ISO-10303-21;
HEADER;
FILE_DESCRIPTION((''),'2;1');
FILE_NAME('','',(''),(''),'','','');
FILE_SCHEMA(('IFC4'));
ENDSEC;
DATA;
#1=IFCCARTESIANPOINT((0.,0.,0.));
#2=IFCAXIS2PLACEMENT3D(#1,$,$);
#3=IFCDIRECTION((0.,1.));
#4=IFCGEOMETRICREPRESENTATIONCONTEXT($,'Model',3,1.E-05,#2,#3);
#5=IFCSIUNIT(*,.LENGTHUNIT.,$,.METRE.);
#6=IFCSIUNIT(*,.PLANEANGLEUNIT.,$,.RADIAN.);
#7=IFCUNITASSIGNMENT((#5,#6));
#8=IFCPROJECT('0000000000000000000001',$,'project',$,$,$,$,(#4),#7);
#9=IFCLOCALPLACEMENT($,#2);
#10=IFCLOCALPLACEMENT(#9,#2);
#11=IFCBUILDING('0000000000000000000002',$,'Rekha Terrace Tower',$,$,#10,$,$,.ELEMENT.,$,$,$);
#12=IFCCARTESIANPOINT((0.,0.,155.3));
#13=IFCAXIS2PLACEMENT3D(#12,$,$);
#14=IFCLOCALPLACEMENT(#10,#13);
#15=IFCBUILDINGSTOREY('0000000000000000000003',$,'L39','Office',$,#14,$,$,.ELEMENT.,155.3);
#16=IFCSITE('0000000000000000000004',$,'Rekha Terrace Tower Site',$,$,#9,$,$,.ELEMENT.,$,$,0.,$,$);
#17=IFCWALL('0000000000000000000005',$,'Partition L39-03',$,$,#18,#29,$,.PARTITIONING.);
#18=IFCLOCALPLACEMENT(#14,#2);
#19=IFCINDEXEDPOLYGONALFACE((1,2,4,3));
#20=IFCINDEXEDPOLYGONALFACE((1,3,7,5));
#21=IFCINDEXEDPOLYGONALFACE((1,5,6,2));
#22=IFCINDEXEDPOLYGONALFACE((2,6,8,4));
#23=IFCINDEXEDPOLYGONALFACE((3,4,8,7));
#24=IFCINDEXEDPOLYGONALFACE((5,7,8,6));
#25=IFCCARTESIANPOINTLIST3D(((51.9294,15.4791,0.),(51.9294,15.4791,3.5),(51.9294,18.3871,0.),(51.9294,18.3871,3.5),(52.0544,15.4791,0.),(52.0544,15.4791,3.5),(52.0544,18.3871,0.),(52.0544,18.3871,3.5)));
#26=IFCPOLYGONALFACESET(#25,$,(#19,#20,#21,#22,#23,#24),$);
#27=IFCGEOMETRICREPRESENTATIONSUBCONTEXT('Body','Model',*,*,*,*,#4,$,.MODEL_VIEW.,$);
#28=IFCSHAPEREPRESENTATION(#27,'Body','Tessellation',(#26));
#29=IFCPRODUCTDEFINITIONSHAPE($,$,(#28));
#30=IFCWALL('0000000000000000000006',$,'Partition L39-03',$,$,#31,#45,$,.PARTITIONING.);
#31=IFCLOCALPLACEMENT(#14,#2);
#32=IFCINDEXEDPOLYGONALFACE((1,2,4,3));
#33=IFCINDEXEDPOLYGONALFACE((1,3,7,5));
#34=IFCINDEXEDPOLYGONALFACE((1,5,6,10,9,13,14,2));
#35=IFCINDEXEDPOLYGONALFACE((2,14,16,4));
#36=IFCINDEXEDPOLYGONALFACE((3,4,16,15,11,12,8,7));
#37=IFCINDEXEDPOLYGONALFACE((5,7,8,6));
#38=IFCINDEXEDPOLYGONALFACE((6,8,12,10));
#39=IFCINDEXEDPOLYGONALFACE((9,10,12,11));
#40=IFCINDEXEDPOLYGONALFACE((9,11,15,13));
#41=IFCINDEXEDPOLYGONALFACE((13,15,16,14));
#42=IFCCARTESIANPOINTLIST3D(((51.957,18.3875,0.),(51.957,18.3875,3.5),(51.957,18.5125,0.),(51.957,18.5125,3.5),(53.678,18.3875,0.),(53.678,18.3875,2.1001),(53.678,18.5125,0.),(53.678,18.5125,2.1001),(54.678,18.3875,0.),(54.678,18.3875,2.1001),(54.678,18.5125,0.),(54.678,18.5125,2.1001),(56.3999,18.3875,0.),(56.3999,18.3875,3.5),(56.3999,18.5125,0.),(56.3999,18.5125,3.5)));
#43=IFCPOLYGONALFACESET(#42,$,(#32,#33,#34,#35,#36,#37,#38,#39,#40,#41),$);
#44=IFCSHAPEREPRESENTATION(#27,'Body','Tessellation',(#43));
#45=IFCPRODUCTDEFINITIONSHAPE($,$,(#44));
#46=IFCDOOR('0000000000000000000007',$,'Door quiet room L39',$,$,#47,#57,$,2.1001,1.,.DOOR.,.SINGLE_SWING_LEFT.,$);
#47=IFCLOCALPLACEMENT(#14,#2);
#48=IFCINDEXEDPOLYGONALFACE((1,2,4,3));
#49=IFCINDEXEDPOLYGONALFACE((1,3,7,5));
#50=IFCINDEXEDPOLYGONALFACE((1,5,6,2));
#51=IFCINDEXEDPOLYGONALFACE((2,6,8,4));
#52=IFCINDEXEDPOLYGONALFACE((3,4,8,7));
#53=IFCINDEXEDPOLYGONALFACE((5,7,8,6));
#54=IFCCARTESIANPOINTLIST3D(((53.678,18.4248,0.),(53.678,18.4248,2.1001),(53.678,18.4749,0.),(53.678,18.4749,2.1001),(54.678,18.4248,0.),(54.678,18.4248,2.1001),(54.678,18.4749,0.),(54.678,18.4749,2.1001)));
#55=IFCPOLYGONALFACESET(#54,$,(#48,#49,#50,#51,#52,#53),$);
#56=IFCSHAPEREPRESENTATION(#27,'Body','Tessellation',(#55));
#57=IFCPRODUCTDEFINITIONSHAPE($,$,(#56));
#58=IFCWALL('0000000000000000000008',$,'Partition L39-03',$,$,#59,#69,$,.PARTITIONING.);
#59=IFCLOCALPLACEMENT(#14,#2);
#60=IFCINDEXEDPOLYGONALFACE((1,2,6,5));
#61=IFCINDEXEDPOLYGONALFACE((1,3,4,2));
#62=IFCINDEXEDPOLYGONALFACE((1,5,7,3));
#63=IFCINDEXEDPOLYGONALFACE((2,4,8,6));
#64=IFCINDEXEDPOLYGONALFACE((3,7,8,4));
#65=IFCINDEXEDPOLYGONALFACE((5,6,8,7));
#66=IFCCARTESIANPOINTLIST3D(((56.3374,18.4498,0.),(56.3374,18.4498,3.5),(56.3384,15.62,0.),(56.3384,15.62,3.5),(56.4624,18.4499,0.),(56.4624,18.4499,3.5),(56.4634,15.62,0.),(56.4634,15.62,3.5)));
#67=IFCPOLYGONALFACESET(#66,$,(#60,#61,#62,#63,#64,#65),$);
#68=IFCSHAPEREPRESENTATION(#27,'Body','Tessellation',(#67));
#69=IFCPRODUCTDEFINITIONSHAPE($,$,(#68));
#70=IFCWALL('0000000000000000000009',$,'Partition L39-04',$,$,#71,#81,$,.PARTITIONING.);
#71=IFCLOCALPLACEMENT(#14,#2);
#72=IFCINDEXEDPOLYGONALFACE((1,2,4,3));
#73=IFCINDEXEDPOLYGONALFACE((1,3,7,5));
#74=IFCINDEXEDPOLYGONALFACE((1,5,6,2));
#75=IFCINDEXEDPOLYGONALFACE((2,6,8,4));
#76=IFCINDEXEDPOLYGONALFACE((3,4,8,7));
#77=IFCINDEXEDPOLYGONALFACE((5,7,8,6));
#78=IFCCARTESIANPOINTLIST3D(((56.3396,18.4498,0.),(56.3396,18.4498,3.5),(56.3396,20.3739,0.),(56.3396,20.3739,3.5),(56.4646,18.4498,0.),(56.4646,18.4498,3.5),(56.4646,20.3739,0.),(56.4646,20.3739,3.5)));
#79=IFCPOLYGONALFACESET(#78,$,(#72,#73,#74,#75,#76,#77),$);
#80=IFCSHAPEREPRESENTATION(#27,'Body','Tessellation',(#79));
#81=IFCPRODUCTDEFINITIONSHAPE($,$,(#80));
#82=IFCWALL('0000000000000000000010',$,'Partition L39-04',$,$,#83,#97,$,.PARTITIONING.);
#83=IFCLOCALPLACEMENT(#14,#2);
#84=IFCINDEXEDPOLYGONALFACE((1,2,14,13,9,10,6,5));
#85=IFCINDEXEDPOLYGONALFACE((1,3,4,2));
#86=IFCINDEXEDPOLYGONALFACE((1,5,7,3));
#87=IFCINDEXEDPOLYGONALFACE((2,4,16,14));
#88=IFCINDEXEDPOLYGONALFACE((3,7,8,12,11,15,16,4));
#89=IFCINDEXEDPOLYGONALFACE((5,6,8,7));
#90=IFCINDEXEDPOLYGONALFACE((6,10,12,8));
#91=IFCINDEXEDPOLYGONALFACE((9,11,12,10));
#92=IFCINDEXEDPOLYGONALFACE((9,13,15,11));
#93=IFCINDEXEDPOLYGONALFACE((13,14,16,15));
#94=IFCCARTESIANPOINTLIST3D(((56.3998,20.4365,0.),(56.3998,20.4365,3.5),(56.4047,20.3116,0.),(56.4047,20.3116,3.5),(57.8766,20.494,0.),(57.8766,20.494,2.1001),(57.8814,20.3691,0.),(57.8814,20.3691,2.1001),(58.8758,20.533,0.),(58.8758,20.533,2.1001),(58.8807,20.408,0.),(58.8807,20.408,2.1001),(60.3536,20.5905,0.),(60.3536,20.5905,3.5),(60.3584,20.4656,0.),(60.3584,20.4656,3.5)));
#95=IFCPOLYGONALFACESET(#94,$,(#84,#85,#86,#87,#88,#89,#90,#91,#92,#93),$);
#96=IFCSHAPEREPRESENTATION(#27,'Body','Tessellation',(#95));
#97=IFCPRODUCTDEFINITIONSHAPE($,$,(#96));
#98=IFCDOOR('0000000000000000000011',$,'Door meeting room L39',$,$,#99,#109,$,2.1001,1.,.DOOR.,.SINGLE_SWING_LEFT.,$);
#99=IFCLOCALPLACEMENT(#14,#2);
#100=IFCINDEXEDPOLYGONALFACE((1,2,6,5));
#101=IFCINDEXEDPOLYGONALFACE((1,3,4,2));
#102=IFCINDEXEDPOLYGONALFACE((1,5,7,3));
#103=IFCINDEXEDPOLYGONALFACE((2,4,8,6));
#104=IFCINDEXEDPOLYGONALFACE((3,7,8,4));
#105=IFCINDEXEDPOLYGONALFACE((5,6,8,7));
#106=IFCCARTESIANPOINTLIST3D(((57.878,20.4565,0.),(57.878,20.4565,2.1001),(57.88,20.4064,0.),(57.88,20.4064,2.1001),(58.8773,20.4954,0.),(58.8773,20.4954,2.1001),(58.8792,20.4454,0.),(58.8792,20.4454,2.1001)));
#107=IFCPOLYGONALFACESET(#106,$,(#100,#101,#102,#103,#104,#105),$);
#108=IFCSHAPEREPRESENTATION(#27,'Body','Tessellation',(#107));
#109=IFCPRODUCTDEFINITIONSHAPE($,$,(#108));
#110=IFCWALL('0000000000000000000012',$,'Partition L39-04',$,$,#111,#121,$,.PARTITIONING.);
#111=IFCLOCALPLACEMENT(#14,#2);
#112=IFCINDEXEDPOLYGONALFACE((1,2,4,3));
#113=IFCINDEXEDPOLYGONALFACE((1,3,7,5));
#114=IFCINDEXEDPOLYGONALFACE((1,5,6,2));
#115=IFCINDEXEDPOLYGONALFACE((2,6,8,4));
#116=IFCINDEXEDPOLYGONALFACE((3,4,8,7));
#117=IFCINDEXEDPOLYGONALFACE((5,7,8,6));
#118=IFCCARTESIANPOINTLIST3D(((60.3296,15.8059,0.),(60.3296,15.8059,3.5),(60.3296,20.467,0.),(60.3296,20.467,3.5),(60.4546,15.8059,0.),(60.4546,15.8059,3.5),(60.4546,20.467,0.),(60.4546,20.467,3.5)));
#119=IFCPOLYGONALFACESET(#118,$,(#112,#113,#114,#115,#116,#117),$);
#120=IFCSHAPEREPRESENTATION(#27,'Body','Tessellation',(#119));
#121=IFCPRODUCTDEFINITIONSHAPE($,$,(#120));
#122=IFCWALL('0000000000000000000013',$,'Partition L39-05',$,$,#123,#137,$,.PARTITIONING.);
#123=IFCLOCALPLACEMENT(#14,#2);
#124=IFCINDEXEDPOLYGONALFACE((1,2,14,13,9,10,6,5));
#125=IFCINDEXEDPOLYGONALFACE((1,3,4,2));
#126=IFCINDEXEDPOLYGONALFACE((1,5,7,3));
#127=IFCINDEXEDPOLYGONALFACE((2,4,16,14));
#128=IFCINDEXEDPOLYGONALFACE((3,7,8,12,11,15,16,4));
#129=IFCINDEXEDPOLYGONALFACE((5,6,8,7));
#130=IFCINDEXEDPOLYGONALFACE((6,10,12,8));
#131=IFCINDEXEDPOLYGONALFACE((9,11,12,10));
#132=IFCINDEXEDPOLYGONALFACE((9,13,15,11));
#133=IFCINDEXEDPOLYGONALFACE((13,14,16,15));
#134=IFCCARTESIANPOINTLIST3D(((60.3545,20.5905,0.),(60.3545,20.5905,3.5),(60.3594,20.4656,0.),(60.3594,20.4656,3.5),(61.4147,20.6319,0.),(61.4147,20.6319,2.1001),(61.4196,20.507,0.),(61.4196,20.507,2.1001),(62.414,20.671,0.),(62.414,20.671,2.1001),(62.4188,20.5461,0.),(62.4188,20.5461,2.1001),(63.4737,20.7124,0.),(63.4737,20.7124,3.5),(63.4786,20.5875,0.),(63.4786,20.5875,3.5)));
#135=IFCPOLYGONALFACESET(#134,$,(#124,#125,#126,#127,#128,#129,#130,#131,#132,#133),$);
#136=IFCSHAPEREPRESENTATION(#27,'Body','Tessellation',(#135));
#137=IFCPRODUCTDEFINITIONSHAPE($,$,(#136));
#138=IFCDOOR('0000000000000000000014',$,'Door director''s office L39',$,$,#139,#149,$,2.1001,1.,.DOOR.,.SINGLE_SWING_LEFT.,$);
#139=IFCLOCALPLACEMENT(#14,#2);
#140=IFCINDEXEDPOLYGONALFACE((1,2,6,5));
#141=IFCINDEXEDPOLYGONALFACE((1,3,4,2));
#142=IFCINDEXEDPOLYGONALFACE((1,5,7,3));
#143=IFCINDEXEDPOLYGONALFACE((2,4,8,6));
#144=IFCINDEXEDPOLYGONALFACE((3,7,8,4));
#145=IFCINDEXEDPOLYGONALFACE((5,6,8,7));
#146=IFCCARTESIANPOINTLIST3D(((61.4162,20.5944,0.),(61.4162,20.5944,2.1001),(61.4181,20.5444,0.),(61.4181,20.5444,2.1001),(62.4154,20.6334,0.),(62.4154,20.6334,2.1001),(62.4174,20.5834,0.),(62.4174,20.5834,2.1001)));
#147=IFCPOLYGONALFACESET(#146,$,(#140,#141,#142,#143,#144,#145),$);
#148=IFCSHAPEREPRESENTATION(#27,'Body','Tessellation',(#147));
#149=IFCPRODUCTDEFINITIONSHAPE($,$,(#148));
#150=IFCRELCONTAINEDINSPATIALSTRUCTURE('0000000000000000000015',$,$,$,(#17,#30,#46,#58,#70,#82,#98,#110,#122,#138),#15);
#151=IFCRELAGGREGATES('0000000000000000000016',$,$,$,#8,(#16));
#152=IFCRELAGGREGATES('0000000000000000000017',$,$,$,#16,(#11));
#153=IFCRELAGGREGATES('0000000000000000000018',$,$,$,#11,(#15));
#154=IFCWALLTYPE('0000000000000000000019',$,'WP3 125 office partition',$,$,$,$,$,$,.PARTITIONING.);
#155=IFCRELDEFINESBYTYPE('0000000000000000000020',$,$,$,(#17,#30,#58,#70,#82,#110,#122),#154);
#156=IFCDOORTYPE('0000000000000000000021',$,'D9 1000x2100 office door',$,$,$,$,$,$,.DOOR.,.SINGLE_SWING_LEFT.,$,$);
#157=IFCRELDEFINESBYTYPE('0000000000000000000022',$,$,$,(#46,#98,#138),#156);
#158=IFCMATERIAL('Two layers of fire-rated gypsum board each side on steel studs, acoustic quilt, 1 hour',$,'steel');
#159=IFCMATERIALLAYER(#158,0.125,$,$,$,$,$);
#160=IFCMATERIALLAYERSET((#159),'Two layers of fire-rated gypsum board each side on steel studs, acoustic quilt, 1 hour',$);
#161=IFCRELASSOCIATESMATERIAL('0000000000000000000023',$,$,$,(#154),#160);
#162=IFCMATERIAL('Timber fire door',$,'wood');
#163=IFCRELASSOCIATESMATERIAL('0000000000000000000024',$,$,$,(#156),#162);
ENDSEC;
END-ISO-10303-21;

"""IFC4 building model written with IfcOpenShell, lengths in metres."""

from ifc_helpers import new_model, si_unit, direction, frame, frame_2d, origin, place, context, subcontext, project, spatial, rectangle, extrude, material, layer, layer_set, type_object, element, fill, save


model = new_model("IFC4")

# Units and contexts
model_context = context("Model", 3, precision=1e-05, world=origin(), true_north=direction((0.0, 1.0)))
body_context = subcontext(model_context, "Body", "Model", "MODEL_VIEW")
ifc_project = project(units=[si_unit("LENGTHUNIT", "METRE"), si_unit("PLANEANGLEUNIT", "RADIAN")], contexts=[model_context])

# Site, building, storey
site_placement = place(None, origin())
site = spatial("IfcSite", under=ifc_project, at=site_placement, Name="Rekha Terrace Tower Site", CompositionType="ELEMENT", RefElevation=0.0)
building_placement = place(site_placement, origin())
building = spatial("IfcBuilding", under=site, at=building_placement, Name="Rekha Terrace Tower", CompositionType="ELEMENT")
storey_placement = place(building_placement, frame((0.0, 0.0, 155.3)))
storey = spatial("IfcBuildingStorey", under=building, at=storey_placement, Name="L39", Description="Office", CompositionType="ELEMENT", Elevation=155.3)

# Wall
ifc_material_1 = material(Name="Two layers of fire-rated gypsum board each side on steel studs, acoustic quilt, 1 hour", Category="steel")
ifc_layer_1 = layer(ifc_material_1, 0.125)
ifc_layer_set_1 = layer_set([ifc_layer_1], Name="Two layers of fire-rated gypsum board each side on steel studs, acoustic quilt, 1 hour")
wall_type_1 = type_object("IfcWallType", Name="WP3 125 office partition", PredefinedType="PARTITIONING", material=ifc_layer_set_1)
wall_1_placement = place(storey_placement, frame((51.9919, 15.479, 0.0), z_axis=(0.0, 0.0, 1.0), x_axis=(0.0, 1.0, 0.0)))
element("IfcWall", 1, at=wall_1_placement, inside=storey, type_object=wall_type_1, Name="Partition L39-03", PredefinedType="PARTITIONING", context=body_context, shape_type="SweptSolid", body=[
    extrude(rectangle(XDim=2.908, YDim=0.125, at=frame_2d((1.4541, 0.0))), origin(), (0.0, 0.0, 1.0), 3.5),
])

# Wall, opening, door
wall_2_placement = place(storey_placement, frame((51.957, 18.45, 0.0), z_axis=(0.0, 0.0, 1.0), x_axis=(1.0, 0.0, 0.0)))
wall_2 = element("IfcWall", 2, at=wall_2_placement, inside=storey, type_object=wall_type_1, Name="Partition L39-03", PredefinedType="PARTITIONING", context=body_context, shape_type="SweptSolid", body=[
    extrude(rectangle(XDim=4.4429, YDim=0.125, at=frame_2d((2.2214, 0.0))), origin(), (0.0, 0.0, 1.0), 3.5),
])
opening_1_placement = place(wall_2_placement, frame((1.7209, 0.0, 0.0)))
opening_1 = element("IfcOpeningElement", 3, at=opening_1_placement, cuts=wall_2, PredefinedType="OPENING", context=body_context, shape_type="SweptSolid", body=[
    extrude(rectangle(XDim=1.0, YDim=2.1001, at=frame_2d((0.5, 1.05))), frame((0.0, 0.0725, 0.0), z_axis=(0.0, -1.0, 0.0), x_axis=(1.0, 0.0, 0.0)), (0.0, 0.0, 1.0), 0.145),
])
ifc_material_2 = material(Name="Timber fire door", Category="wood")
door_type_1 = type_object("IfcDoorType", Name="D9 1000x2100 office door", OperationType="SINGLE_SWING_LEFT", PredefinedType="DOOR", material=ifc_material_2)
door_1_placement = place(opening_1_placement, origin())
door_1 = element("IfcDoor", 4, at=door_1_placement, inside=storey, type_object=door_type_1, Name="Door quiet room L39", OperationType="SINGLE_SWING_LEFT", OverallHeight=2.1001, OverallWidth=1.0, PredefinedType="DOOR", context=body_context, shape_type="SweptSolid", body=[
    extrude(rectangle(XDim=1.0, YDim=2.1001, at=frame_2d((0.5, 1.05))), frame((0.0, 0.0249, 0.0), z_axis=(0.0, -1.0, 0.0), x_axis=(1.0, 0.0, 0.0)), (0.0, 0.0, 1.0), 0.05),
])
fill(opening_1, door_1)

# Walls
wall_3_placement = place(storey_placement, frame((56.3999, 18.45, 0.0), z_axis=(0.0, 0.0, 1.0), x_axis=(0.000345, -1.0, 0.0)))
element("IfcWall", 5, at=wall_3_placement, inside=storey, type_object=wall_type_1, Name="Partition L39-03", PredefinedType="PARTITIONING", context=body_context, shape_type="SweptSolid", body=[
    extrude(rectangle(XDim=2.8298, YDim=0.125, at=frame_2d((1.415, 0.0))), origin(), (0.0, 0.0, 1.0), 3.5),
])
wall_4_placement = place(storey_placement, frame((56.4021, 18.45, 0.0), z_axis=(0.0, 0.0, 1.0), x_axis=(0.0, 1.0, 0.0)))
element("IfcWall", 6, at=wall_4_placement, inside=storey, type_object=wall_type_1, Name="Partition L39-04", PredefinedType="PARTITIONING", context=body_context, shape_type="SweptSolid", body=[
    extrude(rectangle(XDim=1.9241, YDim=0.125, at=frame_2d((0.9619, 0.0))), origin(), (0.0, 0.0, 1.0), 3.5),
])

# Wall, opening, door
wall_5_placement = place(storey_placement, frame((56.4021, 20.374, 0.0), z_axis=(0.0, 0.0, 1.0), x_axis=(0.999242, 0.038933, 0.0)))
wall_5 = element("IfcWall", 7, at=wall_5_placement, inside=storey, type_object=wall_type_1, Name="Partition L39-04", PredefinedType="PARTITIONING", context=body_context, shape_type="SweptSolid", body=[
    extrude(rectangle(XDim=3.9568, YDim=0.125, at=frame_2d((1.9785, 0.0))), origin(), (0.0, 0.0, 1.0), 3.5),
])
opening_2_placement = place(wall_5_placement, frame((1.478, 0.0, 0.0)))
opening_2 = element("IfcOpeningElement", 8, at=opening_2_placement, cuts=wall_5, PredefinedType="OPENING", context=body_context, shape_type="SweptSolid", body=[
    extrude(rectangle(XDim=1.0, YDim=2.1001, at=frame_2d((0.5, 1.05))), frame((0.0, 0.0725, 0.0), z_axis=(0.0, -1.0, 0.0), x_axis=(1.0, 0.0, 0.0)), (0.0, 0.0, 1.0), 0.145),
])
door_2_placement = place(opening_2_placement, origin())
door_2 = element("IfcDoor", 9, at=door_2_placement, inside=storey, type_object=door_type_1, Name="Door meeting room L39", OperationType="SINGLE_SWING_LEFT", OverallHeight=2.1001, OverallWidth=1.0, PredefinedType="DOOR", context=body_context, shape_type="SweptSolid", body=[
    extrude(rectangle(XDim=1.0, YDim=2.1001, at=frame_2d((0.5, 1.05))), frame((0.0, 0.0249, 0.0), z_axis=(0.0, -1.0, 0.0), x_axis=(1.0, 0.0, 0.0)), (0.0, 0.0, 1.0), 0.05),
])
fill(opening_2, door_2)

# Wall
wall_6_placement = place(storey_placement, frame((60.3921, 20.467, 0.0), z_axis=(0.0, 0.0, 1.0), x_axis=(0.0, -1.0, 0.0)))
element("IfcWall", 10, at=wall_6_placement, inside=storey, type_object=wall_type_1, Name="Partition L39-04", PredefinedType="PARTITIONING", context=body_context, shape_type="SweptSolid", body=[
    extrude(rectangle(XDim=4.6611, YDim=0.125, at=frame_2d((2.3306, 0.0))), origin(), (0.0, 0.0, 1.0), 3.5),
])

# Wall, opening, door
wall_7_placement = place(storey_placement, frame((60.3569, 20.5281, 0.0), z_axis=(0.0, 0.0, 1.0), x_axis=(0.999238, 0.039028, 0.0)))
wall_7 = element("IfcWall", 11, at=wall_7_placement, inside=storey, type_object=wall_type_1, Name="Partition L39-05", PredefinedType="PARTITIONING", context=body_context, shape_type="SweptSolid", body=[
    extrude(rectangle(XDim=3.1216, YDim=0.125, at=frame_2d((1.5608, 0.0))), origin(), (0.0, 0.0, 1.0), 3.5),
])
opening_3_placement = place(wall_7_placement, frame((1.061, 0.0, 0.0)))
opening_3 = element("IfcOpeningElement", 12, at=opening_3_placement, cuts=wall_7, PredefinedType="OPENING", context=body_context, shape_type="SweptSolid", body=[
    extrude(rectangle(XDim=1.0, YDim=2.1001, at=frame_2d((0.5, 1.05))), frame((0.0, 0.0725, 0.0), z_axis=(0.0, -1.0, 0.0), x_axis=(1.0, 0.0, 0.0)), (0.0, 0.0, 1.0), 0.145),
])
door_3_placement = place(opening_3_placement, origin())
door_3 = element("IfcDoor", 13, at=door_3_placement, inside=storey, type_object=door_type_1, Name="Door director's office L39", OperationType="SINGLE_SWING_LEFT", OverallHeight=2.1001, OverallWidth=1.0, PredefinedType="DOOR", context=body_context, shape_type="SweptSolid", body=[
    extrude(rectangle(XDim=1.0, YDim=2.1001, at=frame_2d((0.5, 1.05))), frame((0.0, 0.0249, 0.0), z_axis=(0.0, -1.0, 0.0), x_axis=(1.0, 0.0, 0.0)), (0.0, 0.0, 1.0), 0.05),
])
fill(opening_3, door_3)

save(model, "model.ifc")
